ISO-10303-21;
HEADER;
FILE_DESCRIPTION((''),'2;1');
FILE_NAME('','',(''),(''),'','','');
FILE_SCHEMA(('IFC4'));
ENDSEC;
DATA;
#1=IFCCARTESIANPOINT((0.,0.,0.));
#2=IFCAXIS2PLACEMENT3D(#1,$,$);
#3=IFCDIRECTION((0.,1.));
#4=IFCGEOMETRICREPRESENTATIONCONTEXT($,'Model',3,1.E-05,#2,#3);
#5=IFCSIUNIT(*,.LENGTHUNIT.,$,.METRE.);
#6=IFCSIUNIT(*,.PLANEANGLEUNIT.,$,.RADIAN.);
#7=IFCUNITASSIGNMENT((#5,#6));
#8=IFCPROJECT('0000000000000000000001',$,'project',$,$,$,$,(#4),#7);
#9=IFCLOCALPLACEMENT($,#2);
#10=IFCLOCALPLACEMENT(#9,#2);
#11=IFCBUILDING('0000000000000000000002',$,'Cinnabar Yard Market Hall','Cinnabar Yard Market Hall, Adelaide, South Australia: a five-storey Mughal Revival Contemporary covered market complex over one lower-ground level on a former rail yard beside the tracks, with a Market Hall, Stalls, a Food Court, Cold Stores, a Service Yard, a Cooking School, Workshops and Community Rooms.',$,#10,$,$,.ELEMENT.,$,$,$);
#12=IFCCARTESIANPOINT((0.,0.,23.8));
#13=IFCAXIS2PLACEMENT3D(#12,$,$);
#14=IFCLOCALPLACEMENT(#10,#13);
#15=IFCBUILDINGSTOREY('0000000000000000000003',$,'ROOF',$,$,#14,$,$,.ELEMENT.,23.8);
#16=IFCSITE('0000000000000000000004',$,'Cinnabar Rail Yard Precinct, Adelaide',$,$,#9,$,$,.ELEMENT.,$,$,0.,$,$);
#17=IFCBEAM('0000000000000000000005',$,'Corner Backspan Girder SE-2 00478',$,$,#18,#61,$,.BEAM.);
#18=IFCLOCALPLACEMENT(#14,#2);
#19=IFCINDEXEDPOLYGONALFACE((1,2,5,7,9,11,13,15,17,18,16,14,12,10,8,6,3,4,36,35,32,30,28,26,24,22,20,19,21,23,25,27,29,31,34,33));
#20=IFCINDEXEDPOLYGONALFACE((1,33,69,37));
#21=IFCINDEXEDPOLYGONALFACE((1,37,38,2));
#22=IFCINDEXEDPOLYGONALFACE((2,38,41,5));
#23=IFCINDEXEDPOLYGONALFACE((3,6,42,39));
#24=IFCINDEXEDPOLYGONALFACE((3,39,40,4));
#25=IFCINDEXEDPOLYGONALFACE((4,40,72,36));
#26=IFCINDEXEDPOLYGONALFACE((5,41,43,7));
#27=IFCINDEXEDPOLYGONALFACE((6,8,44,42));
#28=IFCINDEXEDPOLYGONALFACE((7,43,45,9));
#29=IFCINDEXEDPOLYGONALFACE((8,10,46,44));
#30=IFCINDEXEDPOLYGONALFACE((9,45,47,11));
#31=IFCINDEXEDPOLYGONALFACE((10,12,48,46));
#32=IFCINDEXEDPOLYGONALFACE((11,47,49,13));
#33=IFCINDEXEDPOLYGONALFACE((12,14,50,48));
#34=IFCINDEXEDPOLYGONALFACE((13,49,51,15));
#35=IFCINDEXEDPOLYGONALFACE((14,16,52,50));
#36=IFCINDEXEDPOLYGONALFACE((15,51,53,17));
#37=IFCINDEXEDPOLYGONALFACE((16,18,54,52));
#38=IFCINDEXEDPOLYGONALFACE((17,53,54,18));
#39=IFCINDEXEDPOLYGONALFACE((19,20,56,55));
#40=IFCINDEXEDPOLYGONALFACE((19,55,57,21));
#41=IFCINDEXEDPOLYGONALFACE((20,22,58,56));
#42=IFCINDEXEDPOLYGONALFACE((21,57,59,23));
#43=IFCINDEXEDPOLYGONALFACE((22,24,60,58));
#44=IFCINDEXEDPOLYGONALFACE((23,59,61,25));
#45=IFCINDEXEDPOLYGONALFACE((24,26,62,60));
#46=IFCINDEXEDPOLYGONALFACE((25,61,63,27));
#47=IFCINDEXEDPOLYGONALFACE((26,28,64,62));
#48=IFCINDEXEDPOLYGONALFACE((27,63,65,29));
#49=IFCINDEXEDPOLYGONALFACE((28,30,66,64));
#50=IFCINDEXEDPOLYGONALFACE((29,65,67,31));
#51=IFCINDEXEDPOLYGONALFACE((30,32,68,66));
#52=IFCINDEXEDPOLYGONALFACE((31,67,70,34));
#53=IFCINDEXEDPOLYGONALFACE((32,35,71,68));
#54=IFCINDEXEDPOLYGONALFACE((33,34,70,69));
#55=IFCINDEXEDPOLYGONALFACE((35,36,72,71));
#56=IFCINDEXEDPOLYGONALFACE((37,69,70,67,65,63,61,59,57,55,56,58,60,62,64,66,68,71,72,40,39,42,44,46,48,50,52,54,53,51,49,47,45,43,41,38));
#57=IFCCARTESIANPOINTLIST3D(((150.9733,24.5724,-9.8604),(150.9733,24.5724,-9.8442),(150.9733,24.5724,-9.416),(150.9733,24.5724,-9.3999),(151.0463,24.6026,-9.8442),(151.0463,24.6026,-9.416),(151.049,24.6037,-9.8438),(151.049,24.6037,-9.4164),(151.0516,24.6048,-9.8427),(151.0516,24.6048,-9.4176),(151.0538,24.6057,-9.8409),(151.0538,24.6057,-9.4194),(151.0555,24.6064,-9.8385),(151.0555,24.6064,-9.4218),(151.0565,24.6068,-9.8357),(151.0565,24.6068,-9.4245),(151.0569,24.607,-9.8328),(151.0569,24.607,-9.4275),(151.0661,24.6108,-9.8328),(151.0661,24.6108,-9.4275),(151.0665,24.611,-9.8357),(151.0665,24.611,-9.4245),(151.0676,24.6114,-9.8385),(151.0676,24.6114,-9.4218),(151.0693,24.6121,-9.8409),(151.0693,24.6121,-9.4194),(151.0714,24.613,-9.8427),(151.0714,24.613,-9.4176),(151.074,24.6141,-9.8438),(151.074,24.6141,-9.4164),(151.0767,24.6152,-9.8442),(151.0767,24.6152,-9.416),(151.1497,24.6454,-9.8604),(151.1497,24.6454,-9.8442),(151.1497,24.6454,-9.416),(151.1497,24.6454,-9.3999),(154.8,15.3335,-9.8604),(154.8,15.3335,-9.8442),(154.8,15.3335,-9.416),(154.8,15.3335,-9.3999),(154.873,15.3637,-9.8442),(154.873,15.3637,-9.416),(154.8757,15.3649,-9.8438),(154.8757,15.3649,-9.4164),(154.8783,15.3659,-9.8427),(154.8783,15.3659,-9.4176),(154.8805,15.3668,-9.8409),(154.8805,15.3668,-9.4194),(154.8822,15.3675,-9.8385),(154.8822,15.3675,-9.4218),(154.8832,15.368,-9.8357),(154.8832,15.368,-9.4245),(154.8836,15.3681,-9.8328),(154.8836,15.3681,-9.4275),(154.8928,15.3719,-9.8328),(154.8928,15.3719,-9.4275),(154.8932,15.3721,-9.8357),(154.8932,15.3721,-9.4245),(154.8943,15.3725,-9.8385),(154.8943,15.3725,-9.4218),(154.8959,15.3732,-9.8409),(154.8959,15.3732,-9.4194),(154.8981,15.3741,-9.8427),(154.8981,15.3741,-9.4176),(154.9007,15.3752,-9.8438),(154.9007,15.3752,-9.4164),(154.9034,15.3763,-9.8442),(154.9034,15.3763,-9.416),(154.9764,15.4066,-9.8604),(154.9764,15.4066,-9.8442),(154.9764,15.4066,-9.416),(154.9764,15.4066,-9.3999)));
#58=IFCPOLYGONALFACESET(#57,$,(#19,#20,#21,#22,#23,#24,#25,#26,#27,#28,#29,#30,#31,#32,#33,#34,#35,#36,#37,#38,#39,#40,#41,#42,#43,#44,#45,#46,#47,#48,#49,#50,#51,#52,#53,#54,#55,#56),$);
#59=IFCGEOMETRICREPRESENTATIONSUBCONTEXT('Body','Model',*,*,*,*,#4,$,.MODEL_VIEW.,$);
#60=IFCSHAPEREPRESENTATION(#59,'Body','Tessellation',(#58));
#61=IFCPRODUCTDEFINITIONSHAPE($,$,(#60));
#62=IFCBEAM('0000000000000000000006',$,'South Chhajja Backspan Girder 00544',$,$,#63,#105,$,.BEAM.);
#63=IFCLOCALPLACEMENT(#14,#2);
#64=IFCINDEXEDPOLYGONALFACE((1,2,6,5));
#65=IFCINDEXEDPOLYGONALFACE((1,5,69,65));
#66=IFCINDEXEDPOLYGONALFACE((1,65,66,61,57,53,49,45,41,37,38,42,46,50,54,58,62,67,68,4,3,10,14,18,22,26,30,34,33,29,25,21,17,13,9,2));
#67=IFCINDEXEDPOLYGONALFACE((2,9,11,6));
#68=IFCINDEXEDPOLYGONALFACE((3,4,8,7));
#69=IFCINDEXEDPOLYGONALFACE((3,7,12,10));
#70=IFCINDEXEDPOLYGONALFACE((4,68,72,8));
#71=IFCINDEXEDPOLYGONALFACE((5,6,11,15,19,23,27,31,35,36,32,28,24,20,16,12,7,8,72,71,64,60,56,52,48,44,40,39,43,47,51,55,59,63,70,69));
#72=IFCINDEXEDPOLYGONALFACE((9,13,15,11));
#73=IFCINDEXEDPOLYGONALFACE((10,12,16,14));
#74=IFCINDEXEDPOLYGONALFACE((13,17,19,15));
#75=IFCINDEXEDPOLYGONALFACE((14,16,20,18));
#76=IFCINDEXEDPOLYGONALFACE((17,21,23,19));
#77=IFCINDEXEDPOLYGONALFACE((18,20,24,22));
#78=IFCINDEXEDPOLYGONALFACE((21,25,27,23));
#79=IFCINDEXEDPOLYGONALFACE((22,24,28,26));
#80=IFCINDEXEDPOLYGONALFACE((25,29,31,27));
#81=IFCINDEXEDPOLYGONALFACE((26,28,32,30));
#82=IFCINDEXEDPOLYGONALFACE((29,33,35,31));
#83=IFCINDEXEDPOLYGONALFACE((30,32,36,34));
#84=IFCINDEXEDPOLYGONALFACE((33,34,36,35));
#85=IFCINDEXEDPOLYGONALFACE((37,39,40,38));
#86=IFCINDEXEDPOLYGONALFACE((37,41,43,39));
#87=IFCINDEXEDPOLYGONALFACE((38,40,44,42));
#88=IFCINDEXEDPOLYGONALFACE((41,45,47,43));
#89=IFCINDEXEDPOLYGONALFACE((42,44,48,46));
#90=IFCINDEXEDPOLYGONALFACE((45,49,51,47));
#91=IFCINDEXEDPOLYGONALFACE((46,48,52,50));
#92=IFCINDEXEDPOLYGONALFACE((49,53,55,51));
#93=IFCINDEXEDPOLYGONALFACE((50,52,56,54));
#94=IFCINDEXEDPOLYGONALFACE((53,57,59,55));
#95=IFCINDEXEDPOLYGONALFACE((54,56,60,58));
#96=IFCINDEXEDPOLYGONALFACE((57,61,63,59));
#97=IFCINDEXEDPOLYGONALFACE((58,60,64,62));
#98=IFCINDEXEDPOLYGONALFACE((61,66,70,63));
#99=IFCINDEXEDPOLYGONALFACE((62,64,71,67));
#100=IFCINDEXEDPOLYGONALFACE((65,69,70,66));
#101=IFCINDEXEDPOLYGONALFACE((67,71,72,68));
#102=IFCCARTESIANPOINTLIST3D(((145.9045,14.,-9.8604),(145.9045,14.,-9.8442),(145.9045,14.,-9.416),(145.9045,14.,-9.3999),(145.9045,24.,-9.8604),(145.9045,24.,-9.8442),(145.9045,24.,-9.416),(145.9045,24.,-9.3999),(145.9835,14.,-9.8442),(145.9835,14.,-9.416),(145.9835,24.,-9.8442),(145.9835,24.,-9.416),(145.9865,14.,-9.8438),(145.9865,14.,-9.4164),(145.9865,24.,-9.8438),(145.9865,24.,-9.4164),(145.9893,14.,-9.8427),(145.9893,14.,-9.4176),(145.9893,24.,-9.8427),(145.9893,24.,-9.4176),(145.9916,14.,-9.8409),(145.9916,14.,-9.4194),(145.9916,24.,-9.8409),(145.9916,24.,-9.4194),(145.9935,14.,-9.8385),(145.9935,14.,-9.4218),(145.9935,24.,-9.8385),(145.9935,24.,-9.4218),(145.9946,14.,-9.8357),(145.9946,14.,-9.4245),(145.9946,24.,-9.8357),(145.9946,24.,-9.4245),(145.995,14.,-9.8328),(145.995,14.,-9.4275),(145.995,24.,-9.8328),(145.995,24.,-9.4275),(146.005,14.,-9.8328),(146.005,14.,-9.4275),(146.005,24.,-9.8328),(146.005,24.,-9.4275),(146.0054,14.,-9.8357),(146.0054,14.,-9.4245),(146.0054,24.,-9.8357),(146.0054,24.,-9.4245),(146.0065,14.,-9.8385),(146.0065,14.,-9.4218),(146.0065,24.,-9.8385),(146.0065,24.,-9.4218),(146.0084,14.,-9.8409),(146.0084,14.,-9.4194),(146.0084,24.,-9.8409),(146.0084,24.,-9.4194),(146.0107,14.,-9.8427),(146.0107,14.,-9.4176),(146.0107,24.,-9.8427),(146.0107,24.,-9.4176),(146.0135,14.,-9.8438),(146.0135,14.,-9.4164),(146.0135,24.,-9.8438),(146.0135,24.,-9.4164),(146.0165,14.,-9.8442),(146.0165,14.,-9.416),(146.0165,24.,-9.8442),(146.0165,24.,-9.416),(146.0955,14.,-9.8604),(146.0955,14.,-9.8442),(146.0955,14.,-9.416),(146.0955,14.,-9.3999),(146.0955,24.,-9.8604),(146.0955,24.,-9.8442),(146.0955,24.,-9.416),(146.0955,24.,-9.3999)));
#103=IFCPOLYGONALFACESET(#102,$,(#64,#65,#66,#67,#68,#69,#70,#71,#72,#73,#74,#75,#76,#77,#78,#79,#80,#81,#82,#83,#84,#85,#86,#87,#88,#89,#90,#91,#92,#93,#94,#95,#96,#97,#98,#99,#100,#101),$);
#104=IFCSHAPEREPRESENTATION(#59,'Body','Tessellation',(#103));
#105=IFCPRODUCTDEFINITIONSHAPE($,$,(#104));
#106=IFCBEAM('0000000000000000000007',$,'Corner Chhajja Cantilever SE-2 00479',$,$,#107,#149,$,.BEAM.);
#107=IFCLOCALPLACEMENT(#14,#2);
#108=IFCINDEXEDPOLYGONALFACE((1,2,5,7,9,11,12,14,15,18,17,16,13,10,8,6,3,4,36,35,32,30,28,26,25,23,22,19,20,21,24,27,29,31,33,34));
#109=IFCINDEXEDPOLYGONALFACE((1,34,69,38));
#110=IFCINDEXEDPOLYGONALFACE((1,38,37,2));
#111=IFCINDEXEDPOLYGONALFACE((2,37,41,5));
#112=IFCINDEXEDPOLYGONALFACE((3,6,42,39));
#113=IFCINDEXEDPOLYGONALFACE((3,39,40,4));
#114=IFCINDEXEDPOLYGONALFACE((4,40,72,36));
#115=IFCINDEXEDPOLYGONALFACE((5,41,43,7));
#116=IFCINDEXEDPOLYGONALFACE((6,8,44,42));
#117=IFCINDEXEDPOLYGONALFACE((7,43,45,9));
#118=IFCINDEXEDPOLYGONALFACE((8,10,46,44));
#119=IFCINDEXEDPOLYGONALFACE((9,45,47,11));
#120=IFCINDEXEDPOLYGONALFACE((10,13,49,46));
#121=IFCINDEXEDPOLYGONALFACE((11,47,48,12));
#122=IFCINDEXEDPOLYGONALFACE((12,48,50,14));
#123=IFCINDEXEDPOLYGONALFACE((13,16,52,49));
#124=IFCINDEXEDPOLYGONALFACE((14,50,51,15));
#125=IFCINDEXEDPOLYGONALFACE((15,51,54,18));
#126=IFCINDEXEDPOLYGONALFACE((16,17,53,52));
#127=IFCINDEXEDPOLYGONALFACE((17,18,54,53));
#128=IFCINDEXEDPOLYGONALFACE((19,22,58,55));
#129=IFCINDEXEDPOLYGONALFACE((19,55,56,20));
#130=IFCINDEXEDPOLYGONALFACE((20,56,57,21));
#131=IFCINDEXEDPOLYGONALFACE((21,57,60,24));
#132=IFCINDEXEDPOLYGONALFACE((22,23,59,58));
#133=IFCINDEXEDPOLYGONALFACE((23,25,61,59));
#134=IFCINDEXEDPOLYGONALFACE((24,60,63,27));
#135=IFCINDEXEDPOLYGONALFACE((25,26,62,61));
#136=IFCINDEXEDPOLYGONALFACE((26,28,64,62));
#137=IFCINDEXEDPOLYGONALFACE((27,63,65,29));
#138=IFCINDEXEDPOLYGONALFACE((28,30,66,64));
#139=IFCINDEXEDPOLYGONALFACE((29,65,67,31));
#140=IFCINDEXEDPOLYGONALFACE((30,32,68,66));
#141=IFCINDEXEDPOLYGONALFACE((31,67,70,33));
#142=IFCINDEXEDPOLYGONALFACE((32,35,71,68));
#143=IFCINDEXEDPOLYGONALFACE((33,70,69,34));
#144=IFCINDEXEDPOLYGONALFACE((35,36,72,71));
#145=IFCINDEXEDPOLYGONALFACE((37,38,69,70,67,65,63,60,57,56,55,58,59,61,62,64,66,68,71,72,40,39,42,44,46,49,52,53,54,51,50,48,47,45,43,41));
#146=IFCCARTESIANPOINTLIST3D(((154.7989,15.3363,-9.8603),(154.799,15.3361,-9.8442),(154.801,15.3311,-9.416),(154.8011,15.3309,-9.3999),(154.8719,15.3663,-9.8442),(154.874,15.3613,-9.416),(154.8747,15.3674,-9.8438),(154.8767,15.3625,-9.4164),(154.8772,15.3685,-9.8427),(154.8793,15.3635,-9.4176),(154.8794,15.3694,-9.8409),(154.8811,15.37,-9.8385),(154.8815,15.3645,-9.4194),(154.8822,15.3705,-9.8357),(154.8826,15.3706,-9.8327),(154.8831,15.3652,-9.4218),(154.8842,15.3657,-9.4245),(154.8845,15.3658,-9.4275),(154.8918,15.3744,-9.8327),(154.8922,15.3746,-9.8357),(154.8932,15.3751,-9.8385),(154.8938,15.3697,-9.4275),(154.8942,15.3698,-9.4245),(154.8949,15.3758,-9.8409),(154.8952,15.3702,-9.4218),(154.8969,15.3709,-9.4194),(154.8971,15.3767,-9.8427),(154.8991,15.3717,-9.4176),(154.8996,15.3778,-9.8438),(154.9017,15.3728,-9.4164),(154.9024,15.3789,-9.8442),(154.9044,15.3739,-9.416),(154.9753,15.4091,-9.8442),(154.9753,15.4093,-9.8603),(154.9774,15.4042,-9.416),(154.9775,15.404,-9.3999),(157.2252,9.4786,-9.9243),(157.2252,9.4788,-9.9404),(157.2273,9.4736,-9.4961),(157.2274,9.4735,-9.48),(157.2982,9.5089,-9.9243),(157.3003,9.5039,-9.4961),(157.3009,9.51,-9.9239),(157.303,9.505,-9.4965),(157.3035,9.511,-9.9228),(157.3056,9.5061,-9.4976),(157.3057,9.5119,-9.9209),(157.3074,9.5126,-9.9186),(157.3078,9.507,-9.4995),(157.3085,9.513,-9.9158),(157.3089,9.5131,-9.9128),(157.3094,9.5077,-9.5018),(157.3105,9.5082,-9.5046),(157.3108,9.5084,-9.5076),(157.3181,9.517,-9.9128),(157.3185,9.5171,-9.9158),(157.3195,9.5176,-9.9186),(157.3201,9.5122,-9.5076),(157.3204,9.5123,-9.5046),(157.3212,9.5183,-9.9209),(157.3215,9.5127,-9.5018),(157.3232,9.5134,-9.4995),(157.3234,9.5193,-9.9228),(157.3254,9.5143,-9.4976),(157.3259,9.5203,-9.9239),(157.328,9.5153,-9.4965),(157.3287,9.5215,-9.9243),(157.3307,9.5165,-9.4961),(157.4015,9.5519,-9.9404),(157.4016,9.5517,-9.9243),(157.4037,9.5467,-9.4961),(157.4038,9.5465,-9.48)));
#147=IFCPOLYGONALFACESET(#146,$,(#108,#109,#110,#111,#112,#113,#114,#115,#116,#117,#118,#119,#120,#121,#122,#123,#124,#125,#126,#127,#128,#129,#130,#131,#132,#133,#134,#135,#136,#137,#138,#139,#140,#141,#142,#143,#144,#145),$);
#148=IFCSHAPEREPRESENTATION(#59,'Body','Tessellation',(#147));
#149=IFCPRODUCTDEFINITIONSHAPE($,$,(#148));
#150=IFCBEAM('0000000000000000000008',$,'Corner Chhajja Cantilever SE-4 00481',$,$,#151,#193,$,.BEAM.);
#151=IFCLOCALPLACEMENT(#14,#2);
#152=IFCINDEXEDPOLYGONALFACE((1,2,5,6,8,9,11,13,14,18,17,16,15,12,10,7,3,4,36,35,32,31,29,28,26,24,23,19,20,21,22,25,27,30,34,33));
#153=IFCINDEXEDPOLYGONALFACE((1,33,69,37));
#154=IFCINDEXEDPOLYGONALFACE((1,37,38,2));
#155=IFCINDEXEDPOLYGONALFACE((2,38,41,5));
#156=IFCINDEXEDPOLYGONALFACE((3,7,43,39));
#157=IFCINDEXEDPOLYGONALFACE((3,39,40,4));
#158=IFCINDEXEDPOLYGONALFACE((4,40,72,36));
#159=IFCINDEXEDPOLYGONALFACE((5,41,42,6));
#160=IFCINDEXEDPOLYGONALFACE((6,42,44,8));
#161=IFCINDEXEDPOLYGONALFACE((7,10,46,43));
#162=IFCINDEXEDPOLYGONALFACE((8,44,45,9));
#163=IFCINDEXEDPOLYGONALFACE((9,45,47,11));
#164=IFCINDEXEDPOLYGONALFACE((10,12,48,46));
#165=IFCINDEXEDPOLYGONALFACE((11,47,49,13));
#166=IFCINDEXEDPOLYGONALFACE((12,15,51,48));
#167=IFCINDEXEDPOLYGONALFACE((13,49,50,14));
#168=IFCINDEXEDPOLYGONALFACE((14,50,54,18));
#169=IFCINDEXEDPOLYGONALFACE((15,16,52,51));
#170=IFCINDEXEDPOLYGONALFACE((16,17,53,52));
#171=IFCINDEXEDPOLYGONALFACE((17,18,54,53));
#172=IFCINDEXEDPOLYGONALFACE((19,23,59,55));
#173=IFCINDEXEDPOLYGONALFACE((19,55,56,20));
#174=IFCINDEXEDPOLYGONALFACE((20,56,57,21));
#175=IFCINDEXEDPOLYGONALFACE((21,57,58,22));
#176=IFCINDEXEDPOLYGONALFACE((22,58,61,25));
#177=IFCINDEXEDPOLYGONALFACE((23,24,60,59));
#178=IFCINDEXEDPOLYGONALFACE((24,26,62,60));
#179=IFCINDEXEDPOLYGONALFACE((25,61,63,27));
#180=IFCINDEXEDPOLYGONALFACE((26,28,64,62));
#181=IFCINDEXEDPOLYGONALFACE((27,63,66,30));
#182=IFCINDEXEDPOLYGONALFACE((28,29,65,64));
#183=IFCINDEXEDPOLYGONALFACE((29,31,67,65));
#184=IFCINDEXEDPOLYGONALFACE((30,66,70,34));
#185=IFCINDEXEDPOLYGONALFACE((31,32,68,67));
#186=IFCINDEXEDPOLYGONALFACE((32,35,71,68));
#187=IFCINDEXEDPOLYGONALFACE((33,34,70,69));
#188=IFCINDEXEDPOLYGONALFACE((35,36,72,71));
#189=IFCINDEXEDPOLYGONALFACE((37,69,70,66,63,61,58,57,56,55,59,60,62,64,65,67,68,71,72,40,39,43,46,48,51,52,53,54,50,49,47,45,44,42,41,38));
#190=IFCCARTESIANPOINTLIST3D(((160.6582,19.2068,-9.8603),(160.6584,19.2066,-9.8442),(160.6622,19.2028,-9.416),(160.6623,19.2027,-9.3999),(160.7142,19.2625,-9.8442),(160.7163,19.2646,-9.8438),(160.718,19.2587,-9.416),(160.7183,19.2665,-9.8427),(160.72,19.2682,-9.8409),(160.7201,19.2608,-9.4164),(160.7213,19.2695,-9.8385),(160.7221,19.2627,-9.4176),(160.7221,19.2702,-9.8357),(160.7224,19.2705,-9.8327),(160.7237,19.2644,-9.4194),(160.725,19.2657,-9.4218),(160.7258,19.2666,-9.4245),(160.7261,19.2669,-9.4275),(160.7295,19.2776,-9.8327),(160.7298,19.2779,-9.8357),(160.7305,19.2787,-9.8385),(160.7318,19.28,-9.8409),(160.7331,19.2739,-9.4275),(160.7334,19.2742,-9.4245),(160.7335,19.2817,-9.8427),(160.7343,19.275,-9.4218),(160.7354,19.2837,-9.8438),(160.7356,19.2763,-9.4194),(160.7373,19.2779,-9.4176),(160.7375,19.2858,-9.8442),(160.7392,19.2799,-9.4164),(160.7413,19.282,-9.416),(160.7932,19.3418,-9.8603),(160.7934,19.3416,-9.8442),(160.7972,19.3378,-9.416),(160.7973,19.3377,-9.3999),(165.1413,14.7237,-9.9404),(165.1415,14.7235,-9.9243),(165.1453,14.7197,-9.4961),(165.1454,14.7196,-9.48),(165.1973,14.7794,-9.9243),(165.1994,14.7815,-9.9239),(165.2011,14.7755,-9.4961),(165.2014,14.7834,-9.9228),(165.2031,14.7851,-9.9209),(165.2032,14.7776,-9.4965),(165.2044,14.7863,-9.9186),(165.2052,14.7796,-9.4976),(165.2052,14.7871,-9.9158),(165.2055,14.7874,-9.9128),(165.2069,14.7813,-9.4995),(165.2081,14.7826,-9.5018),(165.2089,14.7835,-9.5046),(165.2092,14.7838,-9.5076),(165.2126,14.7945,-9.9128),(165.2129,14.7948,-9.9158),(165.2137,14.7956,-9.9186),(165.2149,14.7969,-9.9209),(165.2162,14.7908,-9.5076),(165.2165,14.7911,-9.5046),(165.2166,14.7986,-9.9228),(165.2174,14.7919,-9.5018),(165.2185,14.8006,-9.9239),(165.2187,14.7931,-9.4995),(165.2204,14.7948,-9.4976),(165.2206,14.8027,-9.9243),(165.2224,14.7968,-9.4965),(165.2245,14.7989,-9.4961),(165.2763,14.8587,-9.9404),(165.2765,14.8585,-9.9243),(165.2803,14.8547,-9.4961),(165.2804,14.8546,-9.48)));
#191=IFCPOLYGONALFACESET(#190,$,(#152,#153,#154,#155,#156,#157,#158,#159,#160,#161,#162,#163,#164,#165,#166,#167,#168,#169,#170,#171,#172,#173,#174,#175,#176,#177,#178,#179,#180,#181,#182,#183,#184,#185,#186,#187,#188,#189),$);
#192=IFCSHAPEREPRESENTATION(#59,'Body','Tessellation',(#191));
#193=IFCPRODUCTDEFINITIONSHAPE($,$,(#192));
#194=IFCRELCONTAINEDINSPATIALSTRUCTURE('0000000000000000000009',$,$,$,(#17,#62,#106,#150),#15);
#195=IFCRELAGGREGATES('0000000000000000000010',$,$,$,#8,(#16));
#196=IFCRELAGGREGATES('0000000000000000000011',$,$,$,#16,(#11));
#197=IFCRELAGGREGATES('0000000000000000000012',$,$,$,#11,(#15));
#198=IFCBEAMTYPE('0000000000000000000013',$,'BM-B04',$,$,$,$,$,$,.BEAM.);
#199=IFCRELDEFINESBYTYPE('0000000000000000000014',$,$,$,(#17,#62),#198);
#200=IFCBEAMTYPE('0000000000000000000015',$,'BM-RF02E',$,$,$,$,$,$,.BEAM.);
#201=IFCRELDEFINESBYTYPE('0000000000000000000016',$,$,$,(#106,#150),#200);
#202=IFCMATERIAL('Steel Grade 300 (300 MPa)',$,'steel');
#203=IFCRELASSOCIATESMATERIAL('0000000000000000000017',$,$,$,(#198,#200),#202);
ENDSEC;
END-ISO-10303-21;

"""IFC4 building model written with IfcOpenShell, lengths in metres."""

from ifc_helpers import new_model, si_unit, direction, frame, origin, origin_2d_with_axis, place, context, subcontext, project, spatial, i_section, extrude, material, material_profile, profile_set, type_object, element, save


model = new_model("IFC4")

# Units and contexts
model_context = context("Model", 3, precision=1e-05, world=origin(), true_north=direction((0.0, 1.0)))
body_context = subcontext(model_context, "Body", "Model", "MODEL_VIEW")
ifc_project = project(units=[si_unit("LENGTHUNIT", "METRE"), si_unit("PLANEANGLEUNIT", "RADIAN")], contexts=[model_context])

# Site, building, storey
site_placement = place(None, origin())
site = spatial("IfcSite", under=ifc_project, at=site_placement, Name="Cinnabar Rail Yard Precinct, Adelaide", CompositionType="ELEMENT", RefElevation=0.0)
building_placement = place(site_placement, origin())
building = spatial("IfcBuilding", under=site, at=building_placement, Name="Cinnabar Yard Market Hall", Description="Cinnabar Yard Market Hall, Adelaide, South Australia: a five-storey Mughal Revival Contemporary covered market complex over one lower-ground level on a former rail yard beside the tracks, with a Market Hall, Stalls, a Food Court, Cold Stores, a Service Yard, a Cooking School, Workshops and Community Rooms.", CompositionType="ELEMENT")
storey_placement = place(building_placement, frame((0.0, 0.0, 23.8)))
storey = spatial("IfcBuildingStorey", under=building, at=storey_placement, Name="ROOF", CompositionType="ELEMENT", Elevation=23.8)

# Beams
ifc_material_1 = material(Name="Steel Grade 300 (300 MPa)", Category="steel")
ifc_material_profile_1 = material_profile(ifc_material_1, i_section(OverallWidth=0.1909, OverallDepth=0.4604, WebThickness=0.01, FlangeThickness=0.0161, FilletRadius=0.0115, at=origin_2d_with_axis()), Name="460UB82.1")
ifc_profile_set_1 = profile_set([ifc_material_profile_1], Name="Steel Grade 300 (300 MPa)")
beam_type_1 = type_object("IfcBeamType", Name="BM-B04", PredefinedType="BEAM", material=ifc_profile_set_1)
for number, where, z_axis, x_axis, name in (
    (1, (151.0615, 24.6089, -9.6301), (0.382669, -0.923885, 0.0), (0.923885, 0.382669, 0.0), "Corner Backspan Girder SE-2 00478"),
    (2, (146.0, 24.0, -9.6301), (0.0, -1.0, 0.0), (1.0, 0.0, 0.0), "South Chhajja Backspan Girder 00544"),
):
    element("IfcBeam", number, at=place(storey_placement, frame(where, z_axis=z_axis, x_axis=x_axis)), inside=storey, type_object=beam_type_1, Name=name, PredefinedType="BEAM", context=body_context, shape_type="SweptSolid", body=[
        extrude(i_section(OverallWidth=0.1909, OverallDepth=0.4604, WebThickness=0.01, FlangeThickness=0.0161, FilletRadius=0.0115, at=origin_2d_with_axis()), origin(), (0.0, 0.0, 1.0), 10.0),
    ])
ifc_material_profile_2 = material_profile(ifc_material_1, i_section(OverallWidth=0.1909, OverallDepth=0.4604, WebThickness=0.01, FlangeThickness=0.0161, FilletRadius=0.0115, at=origin_2d_with_axis()), Name="460UB82.1")
ifc_profile_set_2 = profile_set([ifc_material_profile_2], Name="Steel Grade 300 (300 MPa)")
beam_type_2 = type_object("IfcBeamType", Name="BM-RF02E", PredefinedType="BEAM", material=ifc_profile_set_2)
for number, where, z_axis, x_axis, name in (
    (3, (154.8882, 15.3701, -9.6301), (0.382659, -0.923803, -0.01263), (0.923877, 0.38269, 0.0), "Corner Chhajja Cantilever SE-2 00479"),
    (4, (160.7278, 19.2722, -9.6301), (0.70705, -0.70705, -0.012629), (0.707107, 0.707107, 0.0), "Corner Chhajja Cantilever SE-4 00481"),
):
    element("IfcBeam", number, at=place(storey_placement, frame(where, z_axis=z_axis, x_axis=x_axis)), inside=storey, type_object=beam_type_2, Name=name, PredefinedType="BEAM", context=body_context, shape_type="SweptSolid", body=[
        extrude(i_section(OverallWidth=0.1909, OverallDepth=0.4604, WebThickness=0.01, FlangeThickness=0.0161, FilletRadius=0.0115, at=origin_2d_with_axis()), origin(), (0.0, 0.0, 1.0), 6.3406),
    ])

save(model, "model.ifc")
